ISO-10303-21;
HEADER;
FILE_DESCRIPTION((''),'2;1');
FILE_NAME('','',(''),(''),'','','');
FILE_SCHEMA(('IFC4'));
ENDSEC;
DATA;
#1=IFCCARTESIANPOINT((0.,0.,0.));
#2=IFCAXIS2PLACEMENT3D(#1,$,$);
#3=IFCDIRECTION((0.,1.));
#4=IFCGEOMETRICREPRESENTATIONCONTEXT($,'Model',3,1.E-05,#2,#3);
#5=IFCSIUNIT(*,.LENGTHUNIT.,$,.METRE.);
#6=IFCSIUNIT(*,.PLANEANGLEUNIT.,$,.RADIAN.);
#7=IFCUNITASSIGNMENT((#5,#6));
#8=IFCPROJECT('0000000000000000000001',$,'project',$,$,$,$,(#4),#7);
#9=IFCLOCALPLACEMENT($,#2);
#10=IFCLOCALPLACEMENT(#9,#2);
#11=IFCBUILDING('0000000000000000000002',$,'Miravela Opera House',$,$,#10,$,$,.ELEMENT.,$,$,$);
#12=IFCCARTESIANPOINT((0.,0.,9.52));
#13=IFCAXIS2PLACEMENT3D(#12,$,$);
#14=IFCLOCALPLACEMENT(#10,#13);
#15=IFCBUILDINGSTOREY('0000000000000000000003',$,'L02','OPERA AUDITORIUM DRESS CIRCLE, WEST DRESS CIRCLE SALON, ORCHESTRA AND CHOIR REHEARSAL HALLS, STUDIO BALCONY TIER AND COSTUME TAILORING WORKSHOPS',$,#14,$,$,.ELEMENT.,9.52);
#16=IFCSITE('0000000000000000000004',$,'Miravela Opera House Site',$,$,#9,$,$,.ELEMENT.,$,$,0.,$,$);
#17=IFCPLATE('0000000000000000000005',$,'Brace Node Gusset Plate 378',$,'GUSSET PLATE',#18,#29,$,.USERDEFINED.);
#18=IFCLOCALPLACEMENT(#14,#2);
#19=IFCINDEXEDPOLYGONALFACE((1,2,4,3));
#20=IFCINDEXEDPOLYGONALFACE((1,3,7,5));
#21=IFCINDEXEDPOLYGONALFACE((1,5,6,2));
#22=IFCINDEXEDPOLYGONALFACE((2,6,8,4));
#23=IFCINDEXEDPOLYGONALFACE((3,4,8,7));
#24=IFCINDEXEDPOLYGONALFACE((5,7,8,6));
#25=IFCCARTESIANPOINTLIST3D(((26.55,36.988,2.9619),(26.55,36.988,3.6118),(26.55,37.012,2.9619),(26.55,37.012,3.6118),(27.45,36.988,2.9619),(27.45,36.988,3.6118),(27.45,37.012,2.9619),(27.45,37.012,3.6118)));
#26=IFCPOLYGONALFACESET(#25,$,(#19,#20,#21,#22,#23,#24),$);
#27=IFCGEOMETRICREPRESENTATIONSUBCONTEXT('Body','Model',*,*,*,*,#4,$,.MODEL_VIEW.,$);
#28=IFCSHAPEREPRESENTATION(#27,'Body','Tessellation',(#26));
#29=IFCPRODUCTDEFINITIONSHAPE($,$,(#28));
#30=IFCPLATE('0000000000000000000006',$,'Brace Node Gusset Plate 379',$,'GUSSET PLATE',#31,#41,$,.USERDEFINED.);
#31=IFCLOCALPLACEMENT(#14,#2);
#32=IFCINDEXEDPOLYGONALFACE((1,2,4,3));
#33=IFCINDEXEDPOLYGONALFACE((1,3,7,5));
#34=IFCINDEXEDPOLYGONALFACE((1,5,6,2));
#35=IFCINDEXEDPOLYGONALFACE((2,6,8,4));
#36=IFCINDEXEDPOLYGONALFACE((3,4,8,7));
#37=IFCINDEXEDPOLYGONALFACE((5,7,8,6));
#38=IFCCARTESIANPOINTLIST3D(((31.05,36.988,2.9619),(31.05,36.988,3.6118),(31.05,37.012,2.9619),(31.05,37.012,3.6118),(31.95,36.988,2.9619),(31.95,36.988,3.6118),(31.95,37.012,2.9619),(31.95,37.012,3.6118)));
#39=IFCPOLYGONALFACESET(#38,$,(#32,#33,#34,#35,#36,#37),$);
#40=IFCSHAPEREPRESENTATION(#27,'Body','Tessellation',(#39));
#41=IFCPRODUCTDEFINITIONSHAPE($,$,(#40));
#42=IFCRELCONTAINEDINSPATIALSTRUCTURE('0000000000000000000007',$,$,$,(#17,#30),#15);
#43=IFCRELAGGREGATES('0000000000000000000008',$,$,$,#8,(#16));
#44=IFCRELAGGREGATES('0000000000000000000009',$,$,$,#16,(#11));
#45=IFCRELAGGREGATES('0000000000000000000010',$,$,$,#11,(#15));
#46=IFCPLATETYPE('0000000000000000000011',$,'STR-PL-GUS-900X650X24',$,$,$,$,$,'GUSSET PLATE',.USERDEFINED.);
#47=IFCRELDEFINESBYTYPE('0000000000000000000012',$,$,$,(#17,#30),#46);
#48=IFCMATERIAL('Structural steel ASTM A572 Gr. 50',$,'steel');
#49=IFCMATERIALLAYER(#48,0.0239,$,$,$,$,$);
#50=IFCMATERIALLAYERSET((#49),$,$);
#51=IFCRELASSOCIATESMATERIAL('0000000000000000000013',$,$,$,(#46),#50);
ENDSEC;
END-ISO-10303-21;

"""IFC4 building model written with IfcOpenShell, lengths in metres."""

from ifc_helpers import new_model, si_unit, direction, frame, origin, origin_2d, place, context, subcontext, project, spatial, rectangle, extrude, material, layer, layer_set, type_object, element, save


model = new_model("IFC4")

# Units and contexts
model_context = context("Model", 3, precision=1e-05, world=origin(), true_north=direction((0.0, 1.0)))
body_context = subcontext(model_context, "Body", "Model", "MODEL_VIEW")
ifc_project = project(units=[si_unit("LENGTHUNIT", "METRE"), si_unit("PLANEANGLEUNIT", "RADIAN")], contexts=[model_context])

# Site, building, storey
site_placement = place(None, origin())
site = spatial("IfcSite", under=ifc_project, at=site_placement, Name="Miravela Opera House Site", CompositionType="ELEMENT", RefElevation=0.0)
building_placement = place(site_placement, origin())
building = spatial("IfcBuilding", under=site, at=building_placement, Name="Miravela Opera House", CompositionType="ELEMENT")
storey_placement = place(building_placement, frame((0.0, 0.0, 9.52)))
storey = spatial("IfcBuildingStorey", under=building, at=storey_placement, Name="L02", Description="OPERA AUDITORIUM DRESS CIRCLE, WEST DRESS CIRCLE SALON, ORCHESTRA AND CHOIR REHEARSAL HALLS, STUDIO BALCONY TIER AND COSTUME TAILORING WORKSHOPS", CompositionType="ELEMENT", Elevation=9.52)

# Plates
ifc_material_1 = material(Name="Structural steel ASTM A572 Gr. 50", Category="steel")
ifc_layer_1 = layer(ifc_material_1, 0.0239)
ifc_layer_set_1 = layer_set([ifc_layer_1])
plate_type_1 = type_object("IfcPlateType", Name="STR-PL-GUS-900X650X24", ElementType="GUSSET PLATE", PredefinedType="USERDEFINED", material=ifc_layer_set_1)
for number, where, z_axis, x_axis, name in (
    (1, (27.0, 37.0, 2.9619), (0.0, 0.0, 1.0), (1.0, 0.0, 0.0), "Brace Node Gusset Plate 378"),
    (2, (31.5, 37.0, 2.9619), (0.0, 0.0, 1.0), (1.0, 0.0, 0.0), "Brace Node Gusset Plate 379"),
):
    element("IfcPlate", number, at=place(storey_placement, frame(where, z_axis=z_axis, x_axis=x_axis)), inside=storey, type_object=plate_type_1, Name=name, ObjectType="GUSSET PLATE", PredefinedType="USERDEFINED", context=body_context, shape_type="SweptSolid", body=[
        extrude(rectangle(XDim=0.8999, YDim=0.0239, at=origin_2d()), origin(), (0.0, 0.0, 1.0), 0.6499),
    ])

save(model, "model.ifc")
